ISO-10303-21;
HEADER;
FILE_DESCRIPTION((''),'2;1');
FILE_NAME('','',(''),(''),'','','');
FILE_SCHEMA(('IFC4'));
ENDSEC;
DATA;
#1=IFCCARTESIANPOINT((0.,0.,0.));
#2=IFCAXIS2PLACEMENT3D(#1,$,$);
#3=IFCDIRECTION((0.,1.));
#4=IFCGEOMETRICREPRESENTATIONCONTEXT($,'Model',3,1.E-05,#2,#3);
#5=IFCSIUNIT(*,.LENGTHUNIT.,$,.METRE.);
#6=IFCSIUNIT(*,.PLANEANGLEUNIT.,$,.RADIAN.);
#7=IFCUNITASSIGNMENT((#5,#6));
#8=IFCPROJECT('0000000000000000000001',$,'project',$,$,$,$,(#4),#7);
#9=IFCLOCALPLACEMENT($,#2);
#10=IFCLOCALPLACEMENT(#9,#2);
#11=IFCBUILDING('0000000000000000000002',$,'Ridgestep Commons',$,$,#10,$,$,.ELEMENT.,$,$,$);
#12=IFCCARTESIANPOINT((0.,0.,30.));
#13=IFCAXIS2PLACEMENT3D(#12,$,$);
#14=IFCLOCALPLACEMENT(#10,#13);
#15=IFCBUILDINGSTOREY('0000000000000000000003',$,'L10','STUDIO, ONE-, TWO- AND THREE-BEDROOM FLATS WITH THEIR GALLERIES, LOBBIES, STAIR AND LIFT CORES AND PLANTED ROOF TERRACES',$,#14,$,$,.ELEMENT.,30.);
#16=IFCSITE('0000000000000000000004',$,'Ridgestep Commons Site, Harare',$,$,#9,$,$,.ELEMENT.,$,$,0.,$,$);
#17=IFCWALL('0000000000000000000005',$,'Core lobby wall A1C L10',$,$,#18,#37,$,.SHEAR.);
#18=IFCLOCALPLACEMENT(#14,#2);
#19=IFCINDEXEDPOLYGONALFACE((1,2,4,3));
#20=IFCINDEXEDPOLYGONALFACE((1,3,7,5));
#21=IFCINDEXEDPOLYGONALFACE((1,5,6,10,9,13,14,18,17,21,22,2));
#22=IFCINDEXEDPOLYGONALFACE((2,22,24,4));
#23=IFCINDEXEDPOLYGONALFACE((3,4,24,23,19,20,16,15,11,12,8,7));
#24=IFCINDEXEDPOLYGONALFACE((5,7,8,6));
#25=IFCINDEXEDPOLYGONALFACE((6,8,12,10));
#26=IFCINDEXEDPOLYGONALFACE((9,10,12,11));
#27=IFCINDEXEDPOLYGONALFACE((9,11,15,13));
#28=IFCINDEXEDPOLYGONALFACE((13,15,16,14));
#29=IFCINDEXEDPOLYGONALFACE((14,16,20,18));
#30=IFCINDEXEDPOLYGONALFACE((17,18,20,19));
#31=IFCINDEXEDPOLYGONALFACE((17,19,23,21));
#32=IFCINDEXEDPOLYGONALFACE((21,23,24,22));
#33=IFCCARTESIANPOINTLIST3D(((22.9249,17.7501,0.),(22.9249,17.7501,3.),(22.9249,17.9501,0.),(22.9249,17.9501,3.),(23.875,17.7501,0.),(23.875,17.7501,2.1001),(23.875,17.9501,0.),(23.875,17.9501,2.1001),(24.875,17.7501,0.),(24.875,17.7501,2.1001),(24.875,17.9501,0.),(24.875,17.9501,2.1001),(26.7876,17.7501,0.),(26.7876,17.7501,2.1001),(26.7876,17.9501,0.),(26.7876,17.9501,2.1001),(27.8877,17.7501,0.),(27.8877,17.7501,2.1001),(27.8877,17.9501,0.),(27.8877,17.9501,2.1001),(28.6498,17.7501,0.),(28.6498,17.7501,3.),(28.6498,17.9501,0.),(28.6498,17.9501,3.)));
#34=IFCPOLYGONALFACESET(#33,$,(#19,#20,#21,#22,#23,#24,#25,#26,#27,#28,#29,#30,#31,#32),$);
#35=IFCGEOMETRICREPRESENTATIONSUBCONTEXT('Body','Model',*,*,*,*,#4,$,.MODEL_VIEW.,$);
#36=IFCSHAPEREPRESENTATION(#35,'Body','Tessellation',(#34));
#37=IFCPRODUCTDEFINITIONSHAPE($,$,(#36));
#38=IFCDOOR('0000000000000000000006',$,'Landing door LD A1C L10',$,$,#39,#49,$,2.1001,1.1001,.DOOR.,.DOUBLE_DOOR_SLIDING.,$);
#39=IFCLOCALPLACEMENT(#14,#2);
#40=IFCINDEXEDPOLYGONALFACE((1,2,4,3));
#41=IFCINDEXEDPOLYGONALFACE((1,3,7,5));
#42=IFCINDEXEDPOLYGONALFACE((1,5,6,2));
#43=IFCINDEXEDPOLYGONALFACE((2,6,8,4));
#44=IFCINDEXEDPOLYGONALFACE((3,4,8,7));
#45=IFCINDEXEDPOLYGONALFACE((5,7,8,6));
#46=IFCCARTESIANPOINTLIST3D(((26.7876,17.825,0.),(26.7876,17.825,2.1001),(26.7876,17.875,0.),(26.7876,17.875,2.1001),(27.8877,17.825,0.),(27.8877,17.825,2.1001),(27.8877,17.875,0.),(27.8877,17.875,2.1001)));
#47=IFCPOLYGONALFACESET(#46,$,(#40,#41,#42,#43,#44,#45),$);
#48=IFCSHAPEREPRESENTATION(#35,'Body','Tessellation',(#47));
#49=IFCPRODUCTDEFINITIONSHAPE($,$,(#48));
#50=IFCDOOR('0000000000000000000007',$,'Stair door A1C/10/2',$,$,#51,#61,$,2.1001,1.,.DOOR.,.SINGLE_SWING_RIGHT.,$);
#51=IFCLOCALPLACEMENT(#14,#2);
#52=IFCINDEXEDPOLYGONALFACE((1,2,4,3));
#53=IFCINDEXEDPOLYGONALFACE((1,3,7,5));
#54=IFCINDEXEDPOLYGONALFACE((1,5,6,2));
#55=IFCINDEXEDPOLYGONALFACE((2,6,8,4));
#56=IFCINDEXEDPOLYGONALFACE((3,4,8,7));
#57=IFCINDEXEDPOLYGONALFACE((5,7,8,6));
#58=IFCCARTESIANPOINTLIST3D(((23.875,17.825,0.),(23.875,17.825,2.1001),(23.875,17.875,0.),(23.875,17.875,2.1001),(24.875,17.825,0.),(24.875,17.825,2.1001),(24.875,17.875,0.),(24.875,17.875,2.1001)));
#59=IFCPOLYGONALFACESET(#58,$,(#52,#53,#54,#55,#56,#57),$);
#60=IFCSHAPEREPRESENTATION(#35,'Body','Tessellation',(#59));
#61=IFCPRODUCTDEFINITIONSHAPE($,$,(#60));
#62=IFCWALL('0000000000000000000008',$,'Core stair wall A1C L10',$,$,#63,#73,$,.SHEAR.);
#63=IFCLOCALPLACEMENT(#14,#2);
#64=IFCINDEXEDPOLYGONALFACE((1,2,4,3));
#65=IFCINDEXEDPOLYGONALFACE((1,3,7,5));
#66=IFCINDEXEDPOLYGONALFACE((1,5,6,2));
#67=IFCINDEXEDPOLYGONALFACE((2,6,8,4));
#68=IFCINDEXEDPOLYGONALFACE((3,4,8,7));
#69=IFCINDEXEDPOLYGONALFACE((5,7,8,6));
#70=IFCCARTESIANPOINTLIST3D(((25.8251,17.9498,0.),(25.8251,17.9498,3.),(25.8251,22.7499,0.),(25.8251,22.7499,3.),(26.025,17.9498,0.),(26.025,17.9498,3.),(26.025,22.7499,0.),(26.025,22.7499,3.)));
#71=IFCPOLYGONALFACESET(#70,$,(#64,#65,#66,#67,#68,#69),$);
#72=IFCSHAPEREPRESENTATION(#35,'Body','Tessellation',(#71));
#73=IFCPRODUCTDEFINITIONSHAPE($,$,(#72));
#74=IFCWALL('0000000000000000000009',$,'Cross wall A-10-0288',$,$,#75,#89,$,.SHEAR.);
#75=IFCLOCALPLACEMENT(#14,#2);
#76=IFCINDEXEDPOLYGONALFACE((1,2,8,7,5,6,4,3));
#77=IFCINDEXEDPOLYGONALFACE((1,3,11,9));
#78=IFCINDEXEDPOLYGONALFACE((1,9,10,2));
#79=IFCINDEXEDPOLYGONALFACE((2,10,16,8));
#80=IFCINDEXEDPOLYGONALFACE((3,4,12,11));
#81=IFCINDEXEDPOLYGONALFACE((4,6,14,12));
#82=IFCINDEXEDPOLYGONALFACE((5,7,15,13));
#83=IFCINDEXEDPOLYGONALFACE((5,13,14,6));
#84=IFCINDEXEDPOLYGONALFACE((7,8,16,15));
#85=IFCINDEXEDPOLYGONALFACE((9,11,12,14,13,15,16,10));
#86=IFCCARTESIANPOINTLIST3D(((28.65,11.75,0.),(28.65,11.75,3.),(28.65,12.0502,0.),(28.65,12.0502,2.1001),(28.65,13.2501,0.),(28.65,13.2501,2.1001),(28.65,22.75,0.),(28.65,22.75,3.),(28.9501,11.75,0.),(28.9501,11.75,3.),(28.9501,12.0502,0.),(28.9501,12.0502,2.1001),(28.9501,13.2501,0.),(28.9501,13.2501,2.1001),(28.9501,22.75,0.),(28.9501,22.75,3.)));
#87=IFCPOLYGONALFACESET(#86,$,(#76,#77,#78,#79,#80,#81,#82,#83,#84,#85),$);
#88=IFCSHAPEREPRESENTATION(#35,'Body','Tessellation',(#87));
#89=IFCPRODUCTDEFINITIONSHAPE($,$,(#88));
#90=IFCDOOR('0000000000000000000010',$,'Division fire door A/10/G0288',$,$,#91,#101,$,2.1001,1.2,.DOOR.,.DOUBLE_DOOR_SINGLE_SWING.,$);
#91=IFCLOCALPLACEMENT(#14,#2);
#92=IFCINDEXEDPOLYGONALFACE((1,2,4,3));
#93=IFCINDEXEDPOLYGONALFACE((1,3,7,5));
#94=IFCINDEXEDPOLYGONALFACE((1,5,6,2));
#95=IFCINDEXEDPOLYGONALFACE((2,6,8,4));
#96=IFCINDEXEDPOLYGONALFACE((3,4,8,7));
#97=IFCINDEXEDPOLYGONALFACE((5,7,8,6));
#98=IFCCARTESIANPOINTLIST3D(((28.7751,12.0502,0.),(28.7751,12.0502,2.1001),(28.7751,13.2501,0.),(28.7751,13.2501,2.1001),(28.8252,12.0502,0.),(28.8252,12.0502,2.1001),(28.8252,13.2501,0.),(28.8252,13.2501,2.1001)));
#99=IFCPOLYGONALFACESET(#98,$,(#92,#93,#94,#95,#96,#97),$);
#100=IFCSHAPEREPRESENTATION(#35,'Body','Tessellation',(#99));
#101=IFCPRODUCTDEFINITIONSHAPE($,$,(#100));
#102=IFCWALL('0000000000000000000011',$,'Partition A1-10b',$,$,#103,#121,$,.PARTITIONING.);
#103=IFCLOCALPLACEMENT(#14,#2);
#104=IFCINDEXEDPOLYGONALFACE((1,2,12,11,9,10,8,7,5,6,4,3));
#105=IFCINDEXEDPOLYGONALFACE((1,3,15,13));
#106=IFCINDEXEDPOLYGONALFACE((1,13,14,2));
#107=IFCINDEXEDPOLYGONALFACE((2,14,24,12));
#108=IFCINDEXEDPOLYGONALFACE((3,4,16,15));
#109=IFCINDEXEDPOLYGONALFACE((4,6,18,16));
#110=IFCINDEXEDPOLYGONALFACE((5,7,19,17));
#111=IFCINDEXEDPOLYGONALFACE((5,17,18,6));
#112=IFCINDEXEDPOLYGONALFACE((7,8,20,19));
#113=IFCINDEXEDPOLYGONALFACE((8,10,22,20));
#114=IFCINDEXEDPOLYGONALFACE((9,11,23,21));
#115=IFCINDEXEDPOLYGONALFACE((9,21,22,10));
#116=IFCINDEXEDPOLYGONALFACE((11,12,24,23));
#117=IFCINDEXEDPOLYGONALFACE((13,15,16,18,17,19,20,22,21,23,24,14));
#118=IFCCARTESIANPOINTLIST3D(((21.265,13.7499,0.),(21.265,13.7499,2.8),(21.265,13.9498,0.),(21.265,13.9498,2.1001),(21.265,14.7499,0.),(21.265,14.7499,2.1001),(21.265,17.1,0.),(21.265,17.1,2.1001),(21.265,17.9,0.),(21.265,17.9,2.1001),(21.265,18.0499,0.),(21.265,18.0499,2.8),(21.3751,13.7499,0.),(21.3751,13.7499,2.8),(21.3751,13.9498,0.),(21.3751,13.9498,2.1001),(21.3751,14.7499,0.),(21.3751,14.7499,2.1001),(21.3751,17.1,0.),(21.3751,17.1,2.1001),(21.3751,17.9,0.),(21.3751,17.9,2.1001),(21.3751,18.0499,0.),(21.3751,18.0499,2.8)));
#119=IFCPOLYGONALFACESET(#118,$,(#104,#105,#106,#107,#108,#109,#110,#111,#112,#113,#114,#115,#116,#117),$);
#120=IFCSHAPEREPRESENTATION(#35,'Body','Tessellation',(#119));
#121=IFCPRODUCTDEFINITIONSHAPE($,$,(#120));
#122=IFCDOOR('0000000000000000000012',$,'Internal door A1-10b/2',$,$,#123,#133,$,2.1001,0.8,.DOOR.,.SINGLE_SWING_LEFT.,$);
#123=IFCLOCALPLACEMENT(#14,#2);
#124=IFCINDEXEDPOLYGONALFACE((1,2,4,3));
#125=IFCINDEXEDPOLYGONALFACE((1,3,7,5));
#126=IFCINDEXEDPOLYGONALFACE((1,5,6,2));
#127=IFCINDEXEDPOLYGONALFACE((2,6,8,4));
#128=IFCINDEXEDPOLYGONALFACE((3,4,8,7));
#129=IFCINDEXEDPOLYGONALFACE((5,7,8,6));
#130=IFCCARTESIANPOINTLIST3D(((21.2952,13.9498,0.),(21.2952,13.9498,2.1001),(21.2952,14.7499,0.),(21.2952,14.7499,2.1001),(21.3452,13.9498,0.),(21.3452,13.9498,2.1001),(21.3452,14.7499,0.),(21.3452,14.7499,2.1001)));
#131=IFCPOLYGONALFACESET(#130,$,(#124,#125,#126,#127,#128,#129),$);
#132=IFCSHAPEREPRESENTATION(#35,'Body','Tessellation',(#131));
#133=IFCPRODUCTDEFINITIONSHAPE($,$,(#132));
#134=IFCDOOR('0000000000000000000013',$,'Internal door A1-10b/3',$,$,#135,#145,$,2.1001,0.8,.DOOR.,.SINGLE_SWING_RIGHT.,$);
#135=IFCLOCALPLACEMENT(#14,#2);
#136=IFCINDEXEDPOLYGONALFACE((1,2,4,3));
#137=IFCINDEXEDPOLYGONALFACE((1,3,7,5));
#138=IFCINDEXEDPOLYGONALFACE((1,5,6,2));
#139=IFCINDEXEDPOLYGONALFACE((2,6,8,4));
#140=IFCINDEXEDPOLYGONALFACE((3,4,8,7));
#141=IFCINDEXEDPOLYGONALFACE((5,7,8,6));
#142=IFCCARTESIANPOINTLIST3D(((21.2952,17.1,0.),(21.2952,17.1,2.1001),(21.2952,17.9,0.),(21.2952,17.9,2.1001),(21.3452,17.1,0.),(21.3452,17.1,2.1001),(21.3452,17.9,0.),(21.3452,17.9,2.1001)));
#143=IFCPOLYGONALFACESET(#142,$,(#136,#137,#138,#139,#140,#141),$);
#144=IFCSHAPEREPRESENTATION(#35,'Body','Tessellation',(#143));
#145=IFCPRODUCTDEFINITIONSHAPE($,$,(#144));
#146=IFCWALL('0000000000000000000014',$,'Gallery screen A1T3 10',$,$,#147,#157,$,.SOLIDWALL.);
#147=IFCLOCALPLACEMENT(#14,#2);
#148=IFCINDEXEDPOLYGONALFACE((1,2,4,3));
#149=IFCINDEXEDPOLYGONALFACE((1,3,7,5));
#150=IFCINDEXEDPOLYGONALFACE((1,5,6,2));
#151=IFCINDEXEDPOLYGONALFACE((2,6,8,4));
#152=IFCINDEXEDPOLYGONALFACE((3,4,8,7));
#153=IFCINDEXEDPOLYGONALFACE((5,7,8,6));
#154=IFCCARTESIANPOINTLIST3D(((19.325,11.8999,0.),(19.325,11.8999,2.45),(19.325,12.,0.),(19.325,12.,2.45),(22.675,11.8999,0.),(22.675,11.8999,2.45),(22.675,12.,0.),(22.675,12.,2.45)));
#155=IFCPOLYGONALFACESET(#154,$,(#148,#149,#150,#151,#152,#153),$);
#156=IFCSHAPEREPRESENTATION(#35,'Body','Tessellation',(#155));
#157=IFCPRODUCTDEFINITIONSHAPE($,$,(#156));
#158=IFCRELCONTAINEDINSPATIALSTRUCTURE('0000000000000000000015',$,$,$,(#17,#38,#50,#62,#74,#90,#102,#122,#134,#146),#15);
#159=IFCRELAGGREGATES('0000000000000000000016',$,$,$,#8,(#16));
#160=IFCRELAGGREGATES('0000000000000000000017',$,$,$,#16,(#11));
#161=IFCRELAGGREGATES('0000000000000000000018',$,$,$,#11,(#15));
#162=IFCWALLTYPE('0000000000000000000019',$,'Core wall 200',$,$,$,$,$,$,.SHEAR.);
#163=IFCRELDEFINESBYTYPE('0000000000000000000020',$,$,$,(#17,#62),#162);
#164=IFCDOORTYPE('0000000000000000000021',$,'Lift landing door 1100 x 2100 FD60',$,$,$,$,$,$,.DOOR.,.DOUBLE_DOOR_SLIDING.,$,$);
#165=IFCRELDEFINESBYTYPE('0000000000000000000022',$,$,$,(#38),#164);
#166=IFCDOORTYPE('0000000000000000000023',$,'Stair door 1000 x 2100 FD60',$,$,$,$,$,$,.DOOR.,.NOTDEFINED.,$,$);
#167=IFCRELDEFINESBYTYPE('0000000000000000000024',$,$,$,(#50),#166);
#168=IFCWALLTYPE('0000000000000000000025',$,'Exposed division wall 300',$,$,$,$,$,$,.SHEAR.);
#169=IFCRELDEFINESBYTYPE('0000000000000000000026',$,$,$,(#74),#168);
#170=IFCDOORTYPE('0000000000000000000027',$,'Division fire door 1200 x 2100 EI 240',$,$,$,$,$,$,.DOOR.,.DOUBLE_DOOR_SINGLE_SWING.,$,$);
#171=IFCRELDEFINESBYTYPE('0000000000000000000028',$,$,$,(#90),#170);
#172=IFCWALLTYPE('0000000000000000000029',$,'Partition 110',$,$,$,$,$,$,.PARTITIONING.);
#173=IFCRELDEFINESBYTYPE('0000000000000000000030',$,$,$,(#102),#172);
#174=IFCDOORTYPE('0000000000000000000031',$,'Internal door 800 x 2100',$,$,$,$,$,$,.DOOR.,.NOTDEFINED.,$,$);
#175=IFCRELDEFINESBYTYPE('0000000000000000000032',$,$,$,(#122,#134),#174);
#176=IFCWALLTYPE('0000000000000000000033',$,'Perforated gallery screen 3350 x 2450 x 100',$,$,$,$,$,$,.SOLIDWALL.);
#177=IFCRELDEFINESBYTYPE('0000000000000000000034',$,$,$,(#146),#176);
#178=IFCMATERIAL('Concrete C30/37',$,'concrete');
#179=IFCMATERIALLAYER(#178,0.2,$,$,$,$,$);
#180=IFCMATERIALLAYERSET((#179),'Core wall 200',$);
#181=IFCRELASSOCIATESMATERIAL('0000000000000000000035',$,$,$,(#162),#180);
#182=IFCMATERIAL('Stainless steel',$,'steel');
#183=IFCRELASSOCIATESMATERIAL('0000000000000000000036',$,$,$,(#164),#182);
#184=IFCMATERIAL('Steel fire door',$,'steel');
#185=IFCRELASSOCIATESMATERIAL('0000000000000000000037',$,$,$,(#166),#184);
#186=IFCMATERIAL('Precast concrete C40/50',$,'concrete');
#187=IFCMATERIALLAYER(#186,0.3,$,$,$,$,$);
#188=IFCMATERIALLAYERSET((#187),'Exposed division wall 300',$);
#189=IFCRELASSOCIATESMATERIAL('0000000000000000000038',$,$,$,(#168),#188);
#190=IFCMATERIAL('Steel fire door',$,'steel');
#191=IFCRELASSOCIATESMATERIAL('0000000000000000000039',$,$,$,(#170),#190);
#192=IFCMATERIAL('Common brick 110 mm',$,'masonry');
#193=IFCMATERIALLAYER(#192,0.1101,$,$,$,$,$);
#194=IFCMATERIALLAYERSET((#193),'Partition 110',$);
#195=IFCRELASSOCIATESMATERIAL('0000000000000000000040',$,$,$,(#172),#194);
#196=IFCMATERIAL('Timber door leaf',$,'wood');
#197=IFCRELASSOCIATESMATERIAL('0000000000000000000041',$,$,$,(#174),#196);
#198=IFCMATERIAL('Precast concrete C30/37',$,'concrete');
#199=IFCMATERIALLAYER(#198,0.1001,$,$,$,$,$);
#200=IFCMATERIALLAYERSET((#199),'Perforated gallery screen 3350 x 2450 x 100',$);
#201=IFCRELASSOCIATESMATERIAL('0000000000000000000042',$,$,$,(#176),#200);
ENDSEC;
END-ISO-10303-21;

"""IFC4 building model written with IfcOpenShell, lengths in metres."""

from ifc_helpers import new_model, si_unit, direction, frame, frame_2d, origin, place, context, subcontext, project, spatial, rectangle, extrude, material, layer, layer_set, type_object, element, fill, save


model = new_model("IFC4")

# Units and contexts
model_context = context("Model", 3, precision=1e-05, world=origin(), true_north=direction((0.0, 1.0)))
body_context = subcontext(model_context, "Body", "Model", "MODEL_VIEW")
ifc_project = project(units=[si_unit("LENGTHUNIT", "METRE"), si_unit("PLANEANGLEUNIT", "RADIAN")], contexts=[model_context])

# Site, building, storey
site_placement = place(None, origin())
site = spatial("IfcSite", under=ifc_project, at=site_placement, Name="Ridgestep Commons Site, Harare", CompositionType="ELEMENT", RefElevation=0.0)
building_placement = place(site_placement, origin())
building = spatial("IfcBuilding", under=site, at=building_placement, Name="Ridgestep Commons", CompositionType="ELEMENT")
storey_placement = place(building_placement, frame((0.0, 0.0, 30.0)))
storey = spatial("IfcBuildingStorey", under=building, at=storey_placement, Name="L10", Description="STUDIO, ONE-, TWO- AND THREE-BEDROOM FLATS WITH THEIR GALLERIES, LOBBIES, STAIR AND LIFT CORES AND PLANTED ROOF TERRACES", CompositionType="ELEMENT", Elevation=30.0)

# Wall, openings, doors
ifc_material_1 = material(Name="Concrete C30/37", Category="concrete")
ifc_layer_1 = layer(ifc_material_1, 0.2)
ifc_layer_set_1 = layer_set([ifc_layer_1], Name="Core wall 200")
wall_type_1 = type_object("IfcWallType", Name="Core wall 200", PredefinedType="SHEAR", material=ifc_layer_set_1)
wall_1_placement = place(storey_placement, frame((22.925, 17.8501, 0.0), z_axis=(0.0, 0.0, 1.0), x_axis=(1.0, 0.0, 0.0)))
wall_1 = element("IfcWall", 1, at=wall_1_placement, inside=storey, type_object=wall_type_1, Name="Core lobby wall A1C L10", PredefinedType="SHEAR", context=body_context, shape_type="SweptSolid", body=[
    extrude(rectangle(XDim=5.7249, YDim=0.2, at=frame_2d((2.8623, 0.0))), origin(), (0.0, 0.0, 1.0), 3.0),
])
opening_1_placement = place(wall_1_placement, frame((0.95, 0.0, 0.0)))
opening_1 = element("IfcOpeningElement", 2, at=opening_1_placement, cuts=wall_1, PredefinedType="OPENING", context=body_context, shape_type="SweptSolid", body=[
    extrude(rectangle(XDim=1.0, YDim=2.1001, at=frame_2d((0.5, 1.05))), frame((0.0, 0.1099, 0.0), z_axis=(0.0, -1.0, 0.0), x_axis=(1.0, 0.0, 0.0)), (0.0, 0.0, 1.0), 0.22),
])
opening_2_placement = place(wall_1_placement, frame((3.8625, 0.0, 0.0)))
opening_2 = element("IfcOpeningElement", 3, at=opening_2_placement, cuts=wall_1, PredefinedType="OPENING", context=body_context, shape_type="SweptSolid", body=[
    extrude(rectangle(XDim=1.1001, YDim=2.1001, at=frame_2d((0.55, 1.05))), frame((0.0, 0.1099, 0.0), z_axis=(0.0, -1.0, 0.0), x_axis=(1.0, 0.0, 0.0)), (0.0, 0.0, 1.0), 0.22),
])
ifc_material_2 = material(Name="Stainless steel", Category="steel")
door_type_1 = type_object("IfcDoorType", Name="Lift landing door 1100 x 2100 FD60", OperationType="DOUBLE_DOOR_SLIDING", PredefinedType="DOOR", material=ifc_material_2)
door_1_placement = place(opening_2_placement, origin())
door_1 = element("IfcDoor", 4, at=door_1_placement, inside=storey, type_object=door_type_1, Name="Landing door LD A1C L10", OperationType="DOUBLE_DOOR_SLIDING", OverallHeight=2.1001, OverallWidth=1.1001, PredefinedType="DOOR", context=body_context, shape_type="SweptSolid", body=[
    extrude(rectangle(XDim=1.1001, YDim=2.1001, at=frame_2d((0.55, 1.05))), frame((0.0, 0.0249, 0.0), z_axis=(0.0, -1.0, 0.0), x_axis=(1.0, 0.0, 0.0)), (0.0, 0.0, 1.0), 0.05),
])
fill(opening_2, door_1)
ifc_material_3 = material(Name="Steel fire door", Category="steel")
door_type_2 = type_object("IfcDoorType", Name="Stair door 1000 x 2100 FD60", OperationType="NOTDEFINED", PredefinedType="DOOR", material=ifc_material_3)
door_2_placement = place(opening_1_placement, origin())
door_2 = element("IfcDoor", 5, at=door_2_placement, inside=storey, type_object=door_type_2, Name="Stair door A1C/10/2", OperationType="SINGLE_SWING_RIGHT", OverallHeight=2.1001, OverallWidth=1.0, PredefinedType="DOOR", context=body_context, shape_type="SweptSolid", body=[
    extrude(rectangle(XDim=1.0, YDim=2.1001, at=frame_2d((0.5, 1.05))), frame((0.0, 0.0249, 0.0), z_axis=(0.0, -1.0, 0.0), x_axis=(1.0, 0.0, 0.0)), (0.0, 0.0, 1.0), 0.05),
])
fill(opening_1, door_2)

# Wall
wall_2_placement = place(storey_placement, frame((25.925, 17.95, 0.0), z_axis=(0.0, 0.0, 1.0), x_axis=(0.0, 1.0, 0.0)))
element("IfcWall", 6, at=wall_2_placement, inside=storey, type_object=wall_type_1, Name="Core stair wall A1C L10", PredefinedType="SHEAR", context=body_context, shape_type="SweptSolid", body=[
    extrude(rectangle(XDim=4.8, YDim=0.2, at=frame_2d((2.3999, 0.0))), origin(), (0.0, 0.0, 1.0), 3.0),
])

# Wall, opening, door
ifc_material_4 = material(Name="Precast concrete C40/50", Category="concrete")
ifc_layer_2 = layer(ifc_material_4, 0.3)
ifc_layer_set_2 = layer_set([ifc_layer_2], Name="Exposed division wall 300")
wall_type_2 = type_object("IfcWallType", Name="Exposed division wall 300", PredefinedType="SHEAR", material=ifc_layer_set_2)
wall_3_placement = place(storey_placement, frame((28.8, 11.75, 0.0), z_axis=(0.0, 0.0, 1.0), x_axis=(0.0, 1.0, 0.0)))
wall_3 = element("IfcWall", 7, at=wall_3_placement, inside=storey, type_object=wall_type_2, Name="Cross wall A-10-0288", PredefinedType="SHEAR", context=body_context, shape_type="SweptSolid", body=[
    extrude(rectangle(XDim=11.0, YDim=0.3, at=frame_2d((5.5, 0.0))), origin(), (0.0, 0.0, 1.0), 3.0),
])
opening_3_placement = place(wall_3_placement, frame((0.3, 0.0, 0.0)))
opening_3 = element("IfcOpeningElement", 8, at=opening_3_placement, cuts=wall_3, PredefinedType="OPENING", context=body_context, shape_type="SweptSolid", body=[
    extrude(rectangle(XDim=1.2, YDim=2.1001, at=frame_2d((0.6001, 1.05))), frame((0.0, 0.1599, 0.0), z_axis=(0.0, -1.0, 0.0), x_axis=(1.0, 0.0, 0.0)), (0.0, 0.0, 1.0), 0.3201),
])
ifc_material_5 = material(Name="Steel fire door", Category="steel")
door_type_3 = type_object("IfcDoorType", Name="Division fire door 1200 x 2100 EI 240", OperationType="DOUBLE_DOOR_SINGLE_SWING", PredefinedType="DOOR", material=ifc_material_5)
door_3_placement = place(opening_3_placement, origin())
door_3 = element("IfcDoor", 9, at=door_3_placement, inside=storey, type_object=door_type_3, Name="Division fire door A/10/G0288", OperationType="DOUBLE_DOOR_SINGLE_SWING", OverallHeight=2.1001, OverallWidth=1.2, PredefinedType="DOOR", context=body_context, shape_type="SweptSolid", body=[
    extrude(rectangle(XDim=1.2, YDim=2.1001, at=frame_2d((0.6001, 1.05))), frame((0.0, 0.0249, 0.0), z_axis=(0.0, -1.0, 0.0), x_axis=(1.0, 0.0, 0.0)), (0.0, 0.0, 1.0), 0.05),
])
fill(opening_3, door_3)

# Wall, openings, doors
ifc_material_6 = material(Name="Common brick 110 mm", Category="masonry")
ifc_layer_3 = layer(ifc_material_6, 0.1101)
ifc_layer_set_3 = layer_set([ifc_layer_3], Name="Partition 110")
wall_type_3 = type_object("IfcWallType", Name="Partition 110", PredefinedType="PARTITIONING", material=ifc_layer_set_3)
wall_4_placement = place(storey_placement, frame((21.3201, 13.75, 0.0), z_axis=(0.0, 0.0, 1.0), x_axis=(0.0, 1.0, 0.0)))
wall_4 = element("IfcWall", 10, at=wall_4_placement, inside=storey, type_object=wall_type_3, Name="Partition A1-10b", PredefinedType="PARTITIONING", context=body_context, shape_type="SweptSolid", body=[
    extrude(rectangle(XDim=4.3, YDim=0.1101, at=frame_2d((2.1499, 0.0))), origin(), (0.0, 0.0, 1.0), 2.8),
])
opening_4_placement = place(wall_4_placement, frame((0.2, 0.0, 0.0)))
opening_4 = element("IfcOpeningElement", 11, at=opening_4_placement, cuts=wall_4, PredefinedType="OPENING", context=body_context, shape_type="SweptSolid", body=[
    extrude(rectangle(XDim=0.8, YDim=2.1001, at=frame_2d((0.3999, 1.05))), frame((0.0, 0.0649, 0.0), z_axis=(0.0, -1.0, 0.0), x_axis=(1.0, 0.0, 0.0)), (0.0, 0.0, 1.0), 0.1301),
])
opening_5_placement = place(wall_4_placement, frame((3.3501, 0.0, 0.0)))
opening_5 = element("IfcOpeningElement", 12, at=opening_5_placement, cuts=wall_4, PredefinedType="OPENING", context=body_context, shape_type="SweptSolid", body=[
    extrude(rectangle(XDim=0.8, YDim=2.1001, at=frame_2d((0.3999, 1.05))), frame((0.0, 0.0649, 0.0), z_axis=(0.0, -1.0, 0.0), x_axis=(1.0, 0.0, 0.0)), (0.0, 0.0, 1.0), 0.1301),
])
ifc_material_7 = material(Name="Timber door leaf", Category="wood")
door_type_4 = type_object("IfcDoorType", Name="Internal door 800 x 2100", OperationType="NOTDEFINED", PredefinedType="DOOR", material=ifc_material_7)
door_4_placement = place(opening_4_placement, origin())
door_4 = element("IfcDoor", 13, at=door_4_placement, inside=storey, type_object=door_type_4, Name="Internal door A1-10b/2", OperationType="SINGLE_SWING_LEFT", OverallHeight=2.1001, OverallWidth=0.8, PredefinedType="DOOR", context=body_context, shape_type="SweptSolid", body=[
    extrude(rectangle(XDim=0.8, YDim=2.1001, at=frame_2d((0.3999, 1.05))), frame((0.0, 0.0249, 0.0), z_axis=(0.0, -1.0, 0.0), x_axis=(1.0, 0.0, 0.0)), (0.0, 0.0, 1.0), 0.05),
])
fill(opening_4, door_4)
door_5_placement = place(opening_5_placement, origin())
door_5 = element("IfcDoor", 14, at=door_5_placement, inside=storey, type_object=door_type_4, Name="Internal door A1-10b/3", OperationType="SINGLE_SWING_RIGHT", OverallHeight=2.1001, OverallWidth=0.8, PredefinedType="DOOR", context=body_context, shape_type="SweptSolid", body=[
    extrude(rectangle(XDim=0.8, YDim=2.1001, at=frame_2d((0.3999, 1.05))), frame((0.0, 0.0249, 0.0), z_axis=(0.0, -1.0, 0.0), x_axis=(1.0, 0.0, 0.0)), (0.0, 0.0, 1.0), 0.05),
])
fill(opening_5, door_5)

# Wall
ifc_material_8 = material(Name="Precast concrete C30/37", Category="concrete")
ifc_layer_4 = layer(ifc_material_8, 0.1001)
ifc_layer_set_4 = layer_set([ifc_layer_4], Name="Perforated gallery screen 3350 x 2450 x 100")
wall_type_4 = type_object("IfcWallType", Name="Perforated gallery screen 3350 x 2450 x 100", PredefinedType="SOLIDWALL", material=ifc_layer_set_4)
wall_5_placement = place(storey_placement, frame((19.325, 11.95, 0.0), z_axis=(0.0, 0.0, 1.0), x_axis=(1.0, 0.0, 0.0)))
element("IfcWall", 15, at=wall_5_placement, inside=storey, type_object=wall_type_4, Name="Gallery screen A1T3 10", PredefinedType="SOLIDWALL", context=body_context, shape_type="SweptSolid", body=[
    extrude(rectangle(XDim=3.3501, YDim=0.1001, at=frame_2d((1.675, 0.0))), origin(), (0.0, 0.0, 1.0), 2.45),
])

save(model, "model.ifc")
